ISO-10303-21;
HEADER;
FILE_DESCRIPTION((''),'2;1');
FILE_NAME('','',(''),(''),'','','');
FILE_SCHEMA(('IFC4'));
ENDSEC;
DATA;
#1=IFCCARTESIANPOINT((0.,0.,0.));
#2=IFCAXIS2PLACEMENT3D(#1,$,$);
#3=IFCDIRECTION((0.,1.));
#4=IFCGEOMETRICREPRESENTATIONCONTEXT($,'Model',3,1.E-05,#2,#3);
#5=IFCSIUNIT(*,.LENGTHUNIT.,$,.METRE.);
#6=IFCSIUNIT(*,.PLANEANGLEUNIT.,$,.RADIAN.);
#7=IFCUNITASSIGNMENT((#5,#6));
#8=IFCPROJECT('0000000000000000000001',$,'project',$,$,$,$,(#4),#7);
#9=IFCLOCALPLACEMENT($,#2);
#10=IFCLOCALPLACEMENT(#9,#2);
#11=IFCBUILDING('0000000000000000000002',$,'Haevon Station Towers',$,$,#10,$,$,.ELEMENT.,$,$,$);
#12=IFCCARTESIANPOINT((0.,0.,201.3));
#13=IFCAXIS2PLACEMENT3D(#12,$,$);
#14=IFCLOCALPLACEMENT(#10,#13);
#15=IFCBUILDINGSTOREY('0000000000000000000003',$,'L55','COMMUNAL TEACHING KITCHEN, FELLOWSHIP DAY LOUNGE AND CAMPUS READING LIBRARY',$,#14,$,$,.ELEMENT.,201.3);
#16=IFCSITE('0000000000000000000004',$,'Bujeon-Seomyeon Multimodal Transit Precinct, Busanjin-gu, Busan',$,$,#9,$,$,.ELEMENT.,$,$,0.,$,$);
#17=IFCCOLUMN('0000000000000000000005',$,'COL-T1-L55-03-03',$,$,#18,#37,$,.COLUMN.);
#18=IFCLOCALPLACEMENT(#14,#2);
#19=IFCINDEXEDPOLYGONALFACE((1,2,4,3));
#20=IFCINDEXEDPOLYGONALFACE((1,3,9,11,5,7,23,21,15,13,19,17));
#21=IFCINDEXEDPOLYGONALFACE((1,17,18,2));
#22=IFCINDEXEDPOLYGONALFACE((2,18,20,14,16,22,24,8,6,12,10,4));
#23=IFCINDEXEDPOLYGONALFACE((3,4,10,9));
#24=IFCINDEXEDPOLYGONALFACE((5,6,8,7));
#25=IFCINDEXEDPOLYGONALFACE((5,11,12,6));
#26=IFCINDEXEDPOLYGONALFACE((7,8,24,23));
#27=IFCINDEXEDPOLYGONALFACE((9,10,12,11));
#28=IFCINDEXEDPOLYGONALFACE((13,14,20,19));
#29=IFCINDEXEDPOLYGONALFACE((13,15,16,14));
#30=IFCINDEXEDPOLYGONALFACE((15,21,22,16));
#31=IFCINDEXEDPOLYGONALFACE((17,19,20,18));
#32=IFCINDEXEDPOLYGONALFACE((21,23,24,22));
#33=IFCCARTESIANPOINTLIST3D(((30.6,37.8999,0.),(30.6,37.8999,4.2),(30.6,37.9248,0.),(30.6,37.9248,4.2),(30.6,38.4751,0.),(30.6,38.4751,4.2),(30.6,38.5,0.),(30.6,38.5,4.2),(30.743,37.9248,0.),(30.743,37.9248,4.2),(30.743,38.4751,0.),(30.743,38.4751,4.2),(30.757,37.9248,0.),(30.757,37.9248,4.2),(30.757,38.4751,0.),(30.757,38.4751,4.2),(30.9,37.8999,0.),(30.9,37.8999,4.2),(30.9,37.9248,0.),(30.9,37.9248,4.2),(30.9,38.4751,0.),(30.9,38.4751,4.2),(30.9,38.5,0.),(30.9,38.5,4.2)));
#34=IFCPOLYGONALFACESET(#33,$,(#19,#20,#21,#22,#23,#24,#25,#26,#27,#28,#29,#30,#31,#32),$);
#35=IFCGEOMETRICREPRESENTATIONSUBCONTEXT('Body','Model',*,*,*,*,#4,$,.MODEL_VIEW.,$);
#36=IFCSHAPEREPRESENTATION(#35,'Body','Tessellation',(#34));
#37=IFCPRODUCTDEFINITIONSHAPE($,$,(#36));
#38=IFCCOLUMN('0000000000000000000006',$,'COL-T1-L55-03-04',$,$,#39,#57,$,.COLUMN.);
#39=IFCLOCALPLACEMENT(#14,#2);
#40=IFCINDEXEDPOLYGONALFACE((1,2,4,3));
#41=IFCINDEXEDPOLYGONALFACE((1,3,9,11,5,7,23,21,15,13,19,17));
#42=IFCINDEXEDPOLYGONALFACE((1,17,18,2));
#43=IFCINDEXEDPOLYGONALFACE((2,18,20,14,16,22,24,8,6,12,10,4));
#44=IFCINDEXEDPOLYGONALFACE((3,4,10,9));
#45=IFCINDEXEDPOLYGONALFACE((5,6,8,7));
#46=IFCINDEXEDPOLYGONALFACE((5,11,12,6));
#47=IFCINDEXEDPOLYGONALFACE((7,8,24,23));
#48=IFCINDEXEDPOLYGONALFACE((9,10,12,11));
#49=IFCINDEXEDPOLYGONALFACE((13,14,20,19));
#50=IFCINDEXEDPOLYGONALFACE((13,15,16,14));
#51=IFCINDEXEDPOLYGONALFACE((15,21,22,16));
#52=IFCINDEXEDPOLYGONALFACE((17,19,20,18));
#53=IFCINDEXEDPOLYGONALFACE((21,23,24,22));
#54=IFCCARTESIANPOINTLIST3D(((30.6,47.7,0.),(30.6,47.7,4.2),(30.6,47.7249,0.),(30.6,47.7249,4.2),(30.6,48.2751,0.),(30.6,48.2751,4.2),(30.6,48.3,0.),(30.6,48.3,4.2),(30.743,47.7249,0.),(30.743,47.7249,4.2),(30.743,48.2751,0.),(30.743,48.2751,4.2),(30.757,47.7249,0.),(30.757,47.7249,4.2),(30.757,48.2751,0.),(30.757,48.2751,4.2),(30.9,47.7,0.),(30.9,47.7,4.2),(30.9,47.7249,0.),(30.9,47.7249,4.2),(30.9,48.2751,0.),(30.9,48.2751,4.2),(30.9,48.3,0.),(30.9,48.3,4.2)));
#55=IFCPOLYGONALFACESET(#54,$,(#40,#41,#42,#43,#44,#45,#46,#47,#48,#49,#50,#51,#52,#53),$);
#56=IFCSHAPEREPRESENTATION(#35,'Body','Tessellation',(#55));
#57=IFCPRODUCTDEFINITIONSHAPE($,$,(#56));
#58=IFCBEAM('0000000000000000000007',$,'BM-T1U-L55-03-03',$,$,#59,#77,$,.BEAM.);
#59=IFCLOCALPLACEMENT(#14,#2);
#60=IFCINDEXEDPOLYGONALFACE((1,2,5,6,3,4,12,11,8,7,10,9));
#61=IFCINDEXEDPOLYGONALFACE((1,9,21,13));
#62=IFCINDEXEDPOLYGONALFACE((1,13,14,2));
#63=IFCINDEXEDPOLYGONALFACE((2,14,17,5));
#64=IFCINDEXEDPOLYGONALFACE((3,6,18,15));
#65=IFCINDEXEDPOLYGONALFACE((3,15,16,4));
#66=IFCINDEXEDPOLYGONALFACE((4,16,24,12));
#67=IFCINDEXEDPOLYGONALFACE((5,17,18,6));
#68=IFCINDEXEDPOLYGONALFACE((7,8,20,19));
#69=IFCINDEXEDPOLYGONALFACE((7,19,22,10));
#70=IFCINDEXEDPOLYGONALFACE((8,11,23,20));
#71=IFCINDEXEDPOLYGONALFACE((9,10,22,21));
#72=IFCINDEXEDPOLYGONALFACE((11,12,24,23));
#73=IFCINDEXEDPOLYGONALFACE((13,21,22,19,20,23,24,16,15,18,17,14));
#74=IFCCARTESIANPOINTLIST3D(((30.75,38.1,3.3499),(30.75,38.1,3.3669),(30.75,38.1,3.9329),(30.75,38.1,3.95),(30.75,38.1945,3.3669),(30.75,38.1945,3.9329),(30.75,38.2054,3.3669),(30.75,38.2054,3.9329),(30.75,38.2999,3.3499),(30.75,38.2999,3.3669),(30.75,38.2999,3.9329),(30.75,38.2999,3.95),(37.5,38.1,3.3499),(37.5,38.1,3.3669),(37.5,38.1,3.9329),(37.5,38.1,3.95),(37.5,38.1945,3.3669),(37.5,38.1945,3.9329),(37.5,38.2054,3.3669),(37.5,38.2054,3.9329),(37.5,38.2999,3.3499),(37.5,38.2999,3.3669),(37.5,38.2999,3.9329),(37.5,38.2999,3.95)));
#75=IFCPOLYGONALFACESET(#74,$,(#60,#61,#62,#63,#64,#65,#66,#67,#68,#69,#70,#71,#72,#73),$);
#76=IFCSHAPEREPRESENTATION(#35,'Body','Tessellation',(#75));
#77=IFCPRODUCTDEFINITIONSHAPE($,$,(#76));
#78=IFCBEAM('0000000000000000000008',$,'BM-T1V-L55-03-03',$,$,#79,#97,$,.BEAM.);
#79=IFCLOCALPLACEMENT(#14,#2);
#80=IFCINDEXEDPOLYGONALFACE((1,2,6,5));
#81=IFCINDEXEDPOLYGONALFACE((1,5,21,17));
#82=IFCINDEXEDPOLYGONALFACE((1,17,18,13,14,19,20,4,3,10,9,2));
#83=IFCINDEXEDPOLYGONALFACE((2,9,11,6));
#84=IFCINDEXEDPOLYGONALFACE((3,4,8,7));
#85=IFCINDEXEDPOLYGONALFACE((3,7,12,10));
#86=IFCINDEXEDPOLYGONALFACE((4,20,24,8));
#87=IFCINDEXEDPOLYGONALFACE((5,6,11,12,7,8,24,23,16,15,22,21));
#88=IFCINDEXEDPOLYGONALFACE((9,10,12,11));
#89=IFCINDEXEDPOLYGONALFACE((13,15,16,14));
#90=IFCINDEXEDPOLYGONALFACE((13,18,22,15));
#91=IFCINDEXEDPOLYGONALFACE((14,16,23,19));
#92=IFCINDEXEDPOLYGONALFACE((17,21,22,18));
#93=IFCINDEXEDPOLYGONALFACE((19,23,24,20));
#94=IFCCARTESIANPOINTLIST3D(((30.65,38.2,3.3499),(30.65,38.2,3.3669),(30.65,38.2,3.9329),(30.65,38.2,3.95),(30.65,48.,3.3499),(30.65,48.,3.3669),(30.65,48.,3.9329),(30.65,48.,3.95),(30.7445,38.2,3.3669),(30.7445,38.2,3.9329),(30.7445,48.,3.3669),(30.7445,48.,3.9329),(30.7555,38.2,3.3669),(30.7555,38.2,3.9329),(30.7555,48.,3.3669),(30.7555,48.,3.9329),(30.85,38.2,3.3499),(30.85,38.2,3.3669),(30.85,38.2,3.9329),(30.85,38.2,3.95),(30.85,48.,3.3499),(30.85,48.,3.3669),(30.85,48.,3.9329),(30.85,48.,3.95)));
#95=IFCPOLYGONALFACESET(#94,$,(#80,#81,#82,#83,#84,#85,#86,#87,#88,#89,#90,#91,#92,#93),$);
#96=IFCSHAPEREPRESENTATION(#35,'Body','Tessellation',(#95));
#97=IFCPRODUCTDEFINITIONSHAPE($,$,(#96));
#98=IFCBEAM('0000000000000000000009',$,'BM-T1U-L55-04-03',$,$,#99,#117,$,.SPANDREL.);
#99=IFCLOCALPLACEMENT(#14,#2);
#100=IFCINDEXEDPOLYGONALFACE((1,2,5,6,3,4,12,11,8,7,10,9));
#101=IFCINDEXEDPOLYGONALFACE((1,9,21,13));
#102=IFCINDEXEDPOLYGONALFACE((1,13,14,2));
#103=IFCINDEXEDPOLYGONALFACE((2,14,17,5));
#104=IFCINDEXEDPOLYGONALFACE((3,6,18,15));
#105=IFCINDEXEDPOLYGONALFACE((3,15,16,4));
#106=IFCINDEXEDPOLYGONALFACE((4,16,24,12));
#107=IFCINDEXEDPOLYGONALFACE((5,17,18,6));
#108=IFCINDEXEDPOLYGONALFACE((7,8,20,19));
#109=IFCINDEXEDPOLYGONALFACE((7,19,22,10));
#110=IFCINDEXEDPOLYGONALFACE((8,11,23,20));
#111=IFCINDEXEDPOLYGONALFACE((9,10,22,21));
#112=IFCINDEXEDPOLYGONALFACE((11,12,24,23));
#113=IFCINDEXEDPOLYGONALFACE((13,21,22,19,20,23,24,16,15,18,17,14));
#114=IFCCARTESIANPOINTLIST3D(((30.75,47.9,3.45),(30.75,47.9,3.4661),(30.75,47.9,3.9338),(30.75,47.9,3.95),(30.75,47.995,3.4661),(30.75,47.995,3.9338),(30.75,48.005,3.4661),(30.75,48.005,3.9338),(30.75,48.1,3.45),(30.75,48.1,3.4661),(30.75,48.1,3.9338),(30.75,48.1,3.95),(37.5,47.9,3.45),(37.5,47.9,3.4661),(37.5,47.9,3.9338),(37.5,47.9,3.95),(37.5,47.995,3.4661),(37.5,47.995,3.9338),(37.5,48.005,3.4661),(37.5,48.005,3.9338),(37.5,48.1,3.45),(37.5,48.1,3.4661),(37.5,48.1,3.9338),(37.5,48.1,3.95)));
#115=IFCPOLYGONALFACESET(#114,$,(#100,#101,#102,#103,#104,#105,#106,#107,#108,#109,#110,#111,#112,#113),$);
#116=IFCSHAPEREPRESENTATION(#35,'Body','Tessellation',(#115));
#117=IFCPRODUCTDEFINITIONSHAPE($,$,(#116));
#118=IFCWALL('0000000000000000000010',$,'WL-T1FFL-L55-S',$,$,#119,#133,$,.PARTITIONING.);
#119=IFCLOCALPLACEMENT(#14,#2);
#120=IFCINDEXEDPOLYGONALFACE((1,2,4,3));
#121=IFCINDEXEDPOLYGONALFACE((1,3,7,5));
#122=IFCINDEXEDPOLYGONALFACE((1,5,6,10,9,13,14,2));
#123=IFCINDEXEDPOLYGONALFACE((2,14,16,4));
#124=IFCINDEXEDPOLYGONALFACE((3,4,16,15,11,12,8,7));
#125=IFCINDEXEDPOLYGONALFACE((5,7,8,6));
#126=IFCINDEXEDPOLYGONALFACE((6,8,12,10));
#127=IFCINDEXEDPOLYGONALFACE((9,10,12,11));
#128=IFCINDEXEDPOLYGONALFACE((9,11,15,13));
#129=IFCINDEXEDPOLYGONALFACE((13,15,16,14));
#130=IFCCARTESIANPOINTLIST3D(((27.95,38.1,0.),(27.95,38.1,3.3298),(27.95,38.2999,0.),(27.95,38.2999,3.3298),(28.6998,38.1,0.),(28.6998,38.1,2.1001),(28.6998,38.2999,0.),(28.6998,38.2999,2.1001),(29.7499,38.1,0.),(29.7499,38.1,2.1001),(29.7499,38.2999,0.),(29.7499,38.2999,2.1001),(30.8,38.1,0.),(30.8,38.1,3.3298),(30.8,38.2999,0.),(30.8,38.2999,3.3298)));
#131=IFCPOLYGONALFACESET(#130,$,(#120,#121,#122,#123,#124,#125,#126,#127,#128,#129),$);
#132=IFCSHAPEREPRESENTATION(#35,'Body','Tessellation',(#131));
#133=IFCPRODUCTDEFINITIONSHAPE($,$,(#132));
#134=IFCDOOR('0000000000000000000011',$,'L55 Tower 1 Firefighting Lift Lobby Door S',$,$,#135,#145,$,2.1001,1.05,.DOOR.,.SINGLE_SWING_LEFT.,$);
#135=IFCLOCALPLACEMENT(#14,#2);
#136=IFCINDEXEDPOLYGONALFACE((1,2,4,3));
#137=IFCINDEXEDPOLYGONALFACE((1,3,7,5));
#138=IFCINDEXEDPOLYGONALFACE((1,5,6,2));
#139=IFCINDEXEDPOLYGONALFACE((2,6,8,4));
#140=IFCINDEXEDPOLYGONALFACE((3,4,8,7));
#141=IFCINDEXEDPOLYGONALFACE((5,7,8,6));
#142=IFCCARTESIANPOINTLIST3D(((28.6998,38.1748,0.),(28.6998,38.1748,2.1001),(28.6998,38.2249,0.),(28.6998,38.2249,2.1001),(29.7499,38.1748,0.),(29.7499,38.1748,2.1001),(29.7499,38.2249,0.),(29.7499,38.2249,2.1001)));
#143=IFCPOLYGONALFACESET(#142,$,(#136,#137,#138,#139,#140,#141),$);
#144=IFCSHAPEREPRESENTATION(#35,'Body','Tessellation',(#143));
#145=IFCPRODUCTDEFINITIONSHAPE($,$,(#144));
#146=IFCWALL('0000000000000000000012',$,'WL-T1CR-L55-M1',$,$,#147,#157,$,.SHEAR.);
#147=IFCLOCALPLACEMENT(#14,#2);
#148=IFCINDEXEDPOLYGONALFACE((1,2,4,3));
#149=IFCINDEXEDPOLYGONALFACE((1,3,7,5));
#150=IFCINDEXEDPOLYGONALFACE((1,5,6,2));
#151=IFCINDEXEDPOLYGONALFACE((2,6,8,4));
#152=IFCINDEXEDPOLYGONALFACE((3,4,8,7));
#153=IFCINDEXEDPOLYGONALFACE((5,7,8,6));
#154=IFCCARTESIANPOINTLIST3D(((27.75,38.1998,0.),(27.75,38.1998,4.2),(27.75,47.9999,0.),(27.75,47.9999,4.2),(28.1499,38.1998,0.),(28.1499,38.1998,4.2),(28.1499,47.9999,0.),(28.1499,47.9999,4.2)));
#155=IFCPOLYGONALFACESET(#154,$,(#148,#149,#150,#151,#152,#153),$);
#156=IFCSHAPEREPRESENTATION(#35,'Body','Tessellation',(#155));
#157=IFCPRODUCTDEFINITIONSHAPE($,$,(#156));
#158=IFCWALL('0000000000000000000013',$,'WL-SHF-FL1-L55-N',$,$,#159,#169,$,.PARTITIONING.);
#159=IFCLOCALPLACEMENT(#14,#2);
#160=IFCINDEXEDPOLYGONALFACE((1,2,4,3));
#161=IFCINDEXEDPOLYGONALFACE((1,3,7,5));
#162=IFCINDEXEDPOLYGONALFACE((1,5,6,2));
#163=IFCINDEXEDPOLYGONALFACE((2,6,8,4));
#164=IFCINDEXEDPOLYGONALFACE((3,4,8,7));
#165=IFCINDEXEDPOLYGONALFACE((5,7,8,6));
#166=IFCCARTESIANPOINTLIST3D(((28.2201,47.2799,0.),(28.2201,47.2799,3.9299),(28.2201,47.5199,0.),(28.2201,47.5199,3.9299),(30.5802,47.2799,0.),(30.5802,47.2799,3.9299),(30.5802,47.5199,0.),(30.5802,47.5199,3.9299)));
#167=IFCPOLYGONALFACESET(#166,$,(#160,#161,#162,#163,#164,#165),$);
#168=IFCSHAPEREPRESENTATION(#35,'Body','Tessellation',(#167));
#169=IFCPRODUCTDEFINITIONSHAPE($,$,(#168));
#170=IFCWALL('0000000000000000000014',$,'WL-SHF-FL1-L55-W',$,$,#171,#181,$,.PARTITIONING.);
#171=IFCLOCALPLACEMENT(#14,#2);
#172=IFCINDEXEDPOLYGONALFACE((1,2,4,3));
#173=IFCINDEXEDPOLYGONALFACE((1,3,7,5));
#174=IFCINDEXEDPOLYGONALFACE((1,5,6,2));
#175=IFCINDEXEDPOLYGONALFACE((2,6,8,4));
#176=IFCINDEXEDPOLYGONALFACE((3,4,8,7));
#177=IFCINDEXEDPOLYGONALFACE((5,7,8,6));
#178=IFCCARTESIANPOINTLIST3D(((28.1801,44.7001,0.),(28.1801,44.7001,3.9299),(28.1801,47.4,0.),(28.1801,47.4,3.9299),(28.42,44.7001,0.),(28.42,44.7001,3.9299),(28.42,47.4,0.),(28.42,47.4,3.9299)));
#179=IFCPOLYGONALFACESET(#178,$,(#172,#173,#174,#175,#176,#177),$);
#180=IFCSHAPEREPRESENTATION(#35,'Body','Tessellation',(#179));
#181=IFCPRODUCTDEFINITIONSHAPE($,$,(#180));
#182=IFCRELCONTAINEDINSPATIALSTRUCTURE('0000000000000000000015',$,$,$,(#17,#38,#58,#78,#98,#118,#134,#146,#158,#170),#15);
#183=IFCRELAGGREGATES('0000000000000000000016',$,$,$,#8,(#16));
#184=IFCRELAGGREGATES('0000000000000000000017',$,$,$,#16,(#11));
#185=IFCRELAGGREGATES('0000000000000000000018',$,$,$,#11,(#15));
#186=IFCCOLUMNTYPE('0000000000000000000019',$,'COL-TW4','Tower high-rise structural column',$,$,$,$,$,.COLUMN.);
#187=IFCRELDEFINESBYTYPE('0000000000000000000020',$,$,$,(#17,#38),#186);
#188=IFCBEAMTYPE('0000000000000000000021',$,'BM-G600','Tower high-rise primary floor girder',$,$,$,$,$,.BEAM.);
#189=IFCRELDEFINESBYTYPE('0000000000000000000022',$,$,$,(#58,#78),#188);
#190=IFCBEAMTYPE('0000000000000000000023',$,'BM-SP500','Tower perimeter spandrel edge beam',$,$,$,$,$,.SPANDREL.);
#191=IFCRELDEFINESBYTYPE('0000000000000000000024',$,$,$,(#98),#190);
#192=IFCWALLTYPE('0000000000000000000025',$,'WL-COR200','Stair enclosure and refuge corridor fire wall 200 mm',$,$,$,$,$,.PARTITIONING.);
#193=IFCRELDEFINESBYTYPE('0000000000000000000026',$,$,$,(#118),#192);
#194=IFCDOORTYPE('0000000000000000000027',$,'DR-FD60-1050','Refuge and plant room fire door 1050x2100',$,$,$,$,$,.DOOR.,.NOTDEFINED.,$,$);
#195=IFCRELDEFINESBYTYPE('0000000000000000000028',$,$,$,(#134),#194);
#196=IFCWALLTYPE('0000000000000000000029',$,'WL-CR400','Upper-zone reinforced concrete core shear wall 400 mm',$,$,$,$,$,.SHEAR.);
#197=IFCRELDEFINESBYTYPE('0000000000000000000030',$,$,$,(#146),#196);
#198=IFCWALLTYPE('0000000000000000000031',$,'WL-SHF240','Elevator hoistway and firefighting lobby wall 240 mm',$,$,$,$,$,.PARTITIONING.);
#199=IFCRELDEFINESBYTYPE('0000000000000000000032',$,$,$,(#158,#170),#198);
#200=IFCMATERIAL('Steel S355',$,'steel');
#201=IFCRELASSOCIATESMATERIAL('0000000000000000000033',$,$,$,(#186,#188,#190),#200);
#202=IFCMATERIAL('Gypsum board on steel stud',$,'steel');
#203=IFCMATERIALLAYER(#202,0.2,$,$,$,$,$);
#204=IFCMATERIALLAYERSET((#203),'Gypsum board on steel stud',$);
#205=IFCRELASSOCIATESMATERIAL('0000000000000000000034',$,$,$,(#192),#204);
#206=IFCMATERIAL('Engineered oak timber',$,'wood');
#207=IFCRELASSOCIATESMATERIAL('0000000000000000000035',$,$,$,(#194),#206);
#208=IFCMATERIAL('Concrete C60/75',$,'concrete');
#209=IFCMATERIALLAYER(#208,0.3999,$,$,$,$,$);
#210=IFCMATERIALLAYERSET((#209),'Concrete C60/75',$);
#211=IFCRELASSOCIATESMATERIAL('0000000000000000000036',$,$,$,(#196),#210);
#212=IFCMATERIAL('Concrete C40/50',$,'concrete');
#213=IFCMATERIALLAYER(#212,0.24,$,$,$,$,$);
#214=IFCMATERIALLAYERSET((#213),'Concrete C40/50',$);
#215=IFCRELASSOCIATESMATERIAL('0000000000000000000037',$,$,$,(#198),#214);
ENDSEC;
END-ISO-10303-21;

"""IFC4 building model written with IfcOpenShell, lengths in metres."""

from ifc_helpers import new_model, si_unit, direction, frame, frame_2d, origin, origin_2d, place, context, subcontext, project, spatial, rectangle, i_section, extrude, material, layer, layer_set, material_profile, profile_set, type_object, element, fill, save


model = new_model("IFC4")

# Units and contexts
model_context = context("Model", 3, precision=1e-05, world=origin(), true_north=direction((0.0, 1.0)))
body_context = subcontext(model_context, "Body", "Model", "MODEL_VIEW")
ifc_project = project(units=[si_unit("LENGTHUNIT", "METRE"), si_unit("PLANEANGLEUNIT", "RADIAN")], contexts=[model_context])

# Site, building, storey
site_placement = place(None, origin())
site = spatial("IfcSite", under=ifc_project, at=site_placement, Name="Bujeon-Seomyeon Multimodal Transit Precinct, Busanjin-gu, Busan", CompositionType="ELEMENT", RefElevation=0.0)
building_placement = place(site_placement, origin())
building = spatial("IfcBuilding", under=site, at=building_placement, Name="Haevon Station Towers", CompositionType="ELEMENT")
storey_placement = place(building_placement, frame((0.0, 0.0, 201.3)))
storey = spatial("IfcBuildingStorey", under=building, at=storey_placement, Name="L55", Description="COMMUNAL TEACHING KITCHEN, FELLOWSHIP DAY LOUNGE AND CAMPUS READING LIBRARY", CompositionType="ELEMENT", Elevation=201.3)

# Columns
ifc_material_1 = material(Name="Steel S355", Category="steel")
ifc_material_profile_1 = material_profile(ifc_material_1, i_section(OverallWidth=0.3, OverallDepth=0.6001, WebThickness=0.0139, FlangeThickness=0.0249, at=origin_2d()), Name="H-600x300x14x25")
ifc_profile_set_1 = profile_set([ifc_material_profile_1], Name="Steel S355")
column_type = type_object("IfcColumnType", Name="COL-TW4", Description="Tower high-rise structural column", PredefinedType="COLUMN", material=ifc_profile_set_1)
for number, where, z_axis, x_axis, name in (
    (1, (30.75, 38.2, 0.0), (0.0, 0.0, 1.0), (1.0, 0.0, 0.0), "COL-T1-L55-03-03"),
    (2, (30.75, 48.0, 0.0), (0.0, 0.0, 1.0), (1.0, 0.0, 0.0), "COL-T1-L55-03-04"),
):
    element("IfcColumn", number, at=place(storey_placement, frame(where, z_axis=z_axis, x_axis=x_axis)), inside=storey, type_object=column_type, Name=name, PredefinedType="COLUMN", context=body_context, shape_type="SweptSolid", body=[
        extrude(i_section(OverallWidth=0.3, OverallDepth=0.6001, WebThickness=0.0139, FlangeThickness=0.0249, at=origin_2d()), origin(), (0.0, 0.0, 1.0), 4.2),
    ])

# Beams
ifc_material_profile_2 = material_profile(ifc_material_1, i_section(OverallWidth=0.2, OverallDepth=0.6001, WebThickness=0.011, FlangeThickness=0.0171, at=origin_2d()), Name="H-600x200x11x17")
ifc_profile_set_2 = profile_set([ifc_material_profile_2], Name="Steel S355")
beam_type_1 = type_object("IfcBeamType", Name="BM-G600", Description="Tower high-rise primary floor girder", PredefinedType="BEAM", material=ifc_profile_set_2)
beam_1_placement = place(storey_placement, frame((30.75, 38.2, 3.6499), z_axis=(1.0, 0.0, 0.0), x_axis=(0.0, 1.0, 0.0)))
element("IfcBeam", 3, at=beam_1_placement, inside=storey, type_object=beam_type_1, Name="BM-T1U-L55-03-03", PredefinedType="BEAM", context=body_context, shape_type="SweptSolid", body=[
    extrude(i_section(OverallWidth=0.2, OverallDepth=0.6001, WebThickness=0.011, FlangeThickness=0.0171, at=origin_2d()), origin(), (0.0, 0.0, 1.0), 6.75),
])
beam_2_placement = place(storey_placement, frame((30.75, 38.2, 3.6499), z_axis=(0.0, 1.0, 0.0), x_axis=(-1.0, 0.0, 0.0)))
element("IfcBeam", 4, at=beam_2_placement, inside=storey, type_object=beam_type_1, Name="BM-T1V-L55-03-03", PredefinedType="BEAM", context=body_context, shape_type="SweptSolid", body=[
    extrude(i_section(OverallWidth=0.2, OverallDepth=0.6001, WebThickness=0.011, FlangeThickness=0.0171, at=origin_2d()), origin(), (0.0, 0.0, 1.0), 9.8),
])
ifc_material_profile_3 = material_profile(ifc_material_1, i_section(OverallWidth=0.2, OverallDepth=0.5, WebThickness=0.01, FlangeThickness=0.0161, at=origin_2d()), Name="H-500x200x10x16")
ifc_profile_set_3 = profile_set([ifc_material_profile_3], Name="Steel S355")
beam_type_2 = type_object("IfcBeamType", Name="BM-SP500", Description="Tower perimeter spandrel edge beam", PredefinedType="SPANDREL", material=ifc_profile_set_3)
beam_3_placement = place(storey_placement, frame((30.75, 48.0, 3.7), z_axis=(1.0, 0.0, 0.0), x_axis=(0.0, 1.0, 0.0)))
element("IfcBeam", 5, at=beam_3_placement, inside=storey, type_object=beam_type_2, Name="BM-T1U-L55-04-03", PredefinedType="SPANDREL", context=body_context, shape_type="SweptSolid", body=[
    extrude(i_section(OverallWidth=0.2, OverallDepth=0.5, WebThickness=0.01, FlangeThickness=0.0161, at=origin_2d()), origin(), (0.0, 0.0, 1.0), 6.75),
])

# Wall, opening, door
ifc_material_2 = material(Name="Gypsum board on steel stud", Category="steel")
ifc_layer_1 = layer(ifc_material_2, 0.2)
ifc_layer_set_1 = layer_set([ifc_layer_1], Name="Gypsum board on steel stud")
wall_type_1 = type_object("IfcWallType", Name="WL-COR200", Description="Stair enclosure and refuge corridor fire wall 200 mm", PredefinedType="PARTITIONING", material=ifc_layer_set_1)
wall_1_placement = place(storey_placement, frame((27.95, 38.2, 0.0), z_axis=(0.0, 0.0, 1.0), x_axis=(1.0, 0.0, 0.0)))
wall_1 = element("IfcWall", 6, at=wall_1_placement, inside=storey, type_object=wall_type_1, Name="WL-T1FFL-L55-S", PredefinedType="PARTITIONING", context=body_context, shape_type="SweptSolid", body=[
    extrude(rectangle(XDim=2.8501, YDim=0.2, at=frame_2d((1.425, 0.0))), origin(), (0.0, 0.0, 1.0), 3.3298),
])
opening_1_placement = place(wall_1_placement, frame((0.75, 0.0, 0.0)))
opening_1 = element("IfcOpeningElement", 7, at=opening_1_placement, cuts=wall_1, PredefinedType="OPENING", context=body_context, shape_type="SweptSolid", body=[
    extrude(rectangle(XDim=1.05, YDim=2.1001, at=frame_2d((0.5249, 1.05))), frame((0.0, 0.1099, 0.0), z_axis=(0.0, -1.0, 0.0), x_axis=(1.0, 0.0, 0.0)), (0.0, 0.0, 1.0), 0.22),
])
ifc_material_3 = material(Name="Engineered oak timber", Category="wood")
door_type_1 = type_object("IfcDoorType", Name="DR-FD60-1050", Description="Refuge and plant room fire door 1050x2100", OperationType="NOTDEFINED", PredefinedType="DOOR", material=ifc_material_3)
door_1_placement = place(opening_1_placement, origin())
door_1 = element("IfcDoor", 8, at=door_1_placement, inside=storey, type_object=door_type_1, Name="L55 Tower 1 Firefighting Lift Lobby Door S", OperationType="SINGLE_SWING_LEFT", OverallHeight=2.1001, OverallWidth=1.05, PredefinedType="DOOR", context=body_context, shape_type="SweptSolid", body=[
    extrude(rectangle(XDim=1.05, YDim=2.1001, at=frame_2d((0.5249, 1.05))), frame((0.0, 0.0249, 0.0), z_axis=(0.0, -1.0, 0.0), x_axis=(1.0, 0.0, 0.0)), (0.0, 0.0, 1.0), 0.05),
])
fill(opening_1, door_1)

# Wall
ifc_material_4 = material(Name="Concrete C60/75", Category="concrete")
ifc_layer_2 = layer(ifc_material_4, 0.3999)
ifc_layer_set_2 = layer_set([ifc_layer_2], Name="Concrete C60/75")
wall_type_2 = type_object("IfcWallType", Name="WL-CR400", Description="Upper-zone reinforced concrete core shear wall 400 mm", PredefinedType="SHEAR", material=ifc_layer_set_2)
wall_2_placement = place(storey_placement, frame((27.95, 38.2, 0.0), z_axis=(0.0, 0.0, 1.0), x_axis=(0.0, 1.0, 0.0)))
element("IfcWall", 9, at=wall_2_placement, inside=storey, type_object=wall_type_2, Name="WL-T1CR-L55-M1", PredefinedType="SHEAR", context=body_context, shape_type="SweptSolid", body=[
    extrude(rectangle(XDim=9.8, YDim=0.3999, at=frame_2d((4.8999, 0.0))), origin(), (0.0, 0.0, 1.0), 4.2),
])

# Shared definitions
ifc_material_5 = material(Name="Concrete C40/50", Category="concrete")
ifc_layer_3 = layer(ifc_material_5, 0.24)
ifc_layer_set_3 = layer_set([ifc_layer_3], Name="Concrete C40/50")
wall_type_3 = type_object("IfcWallType", Name="WL-SHF240", Description="Elevator hoistway and firefighting lobby wall 240 mm", PredefinedType="PARTITIONING", material=ifc_layer_set_3)

# Walls
wall_3_placement = place(storey_placement, frame((28.22, 47.3999, 0.0), z_axis=(0.0, 0.0, 1.0), x_axis=(1.0, 0.0, 0.0)))
element("IfcWall", 10, at=wall_3_placement, inside=storey, type_object=wall_type_3, Name="WL-SHF-FL1-L55-N", PredefinedType="PARTITIONING", context=body_context, shape_type="SweptSolid", body=[
    extrude(rectangle(XDim=2.3601, YDim=0.24, at=frame_2d((1.1802, 0.0))), origin(), (0.0, 0.0, 1.0), 3.9299),
])
wall_4_placement = place(storey_placement, frame((28.3, 44.7, 0.0), z_axis=(0.0, 0.0, 1.0), x_axis=(0.0, 1.0, 0.0)))
element("IfcWall", 11, at=wall_4_placement, inside=storey, type_object=wall_type_3, Name="WL-SHF-FL1-L55-W", PredefinedType="PARTITIONING", context=body_context, shape_type="SweptSolid", body=[
    extrude(rectangle(XDim=2.7, YDim=0.24, at=frame_2d((1.3501, 0.0))), origin(), (0.0, 0.0, 1.0), 3.9299),
])

save(model, "model.ifc")
